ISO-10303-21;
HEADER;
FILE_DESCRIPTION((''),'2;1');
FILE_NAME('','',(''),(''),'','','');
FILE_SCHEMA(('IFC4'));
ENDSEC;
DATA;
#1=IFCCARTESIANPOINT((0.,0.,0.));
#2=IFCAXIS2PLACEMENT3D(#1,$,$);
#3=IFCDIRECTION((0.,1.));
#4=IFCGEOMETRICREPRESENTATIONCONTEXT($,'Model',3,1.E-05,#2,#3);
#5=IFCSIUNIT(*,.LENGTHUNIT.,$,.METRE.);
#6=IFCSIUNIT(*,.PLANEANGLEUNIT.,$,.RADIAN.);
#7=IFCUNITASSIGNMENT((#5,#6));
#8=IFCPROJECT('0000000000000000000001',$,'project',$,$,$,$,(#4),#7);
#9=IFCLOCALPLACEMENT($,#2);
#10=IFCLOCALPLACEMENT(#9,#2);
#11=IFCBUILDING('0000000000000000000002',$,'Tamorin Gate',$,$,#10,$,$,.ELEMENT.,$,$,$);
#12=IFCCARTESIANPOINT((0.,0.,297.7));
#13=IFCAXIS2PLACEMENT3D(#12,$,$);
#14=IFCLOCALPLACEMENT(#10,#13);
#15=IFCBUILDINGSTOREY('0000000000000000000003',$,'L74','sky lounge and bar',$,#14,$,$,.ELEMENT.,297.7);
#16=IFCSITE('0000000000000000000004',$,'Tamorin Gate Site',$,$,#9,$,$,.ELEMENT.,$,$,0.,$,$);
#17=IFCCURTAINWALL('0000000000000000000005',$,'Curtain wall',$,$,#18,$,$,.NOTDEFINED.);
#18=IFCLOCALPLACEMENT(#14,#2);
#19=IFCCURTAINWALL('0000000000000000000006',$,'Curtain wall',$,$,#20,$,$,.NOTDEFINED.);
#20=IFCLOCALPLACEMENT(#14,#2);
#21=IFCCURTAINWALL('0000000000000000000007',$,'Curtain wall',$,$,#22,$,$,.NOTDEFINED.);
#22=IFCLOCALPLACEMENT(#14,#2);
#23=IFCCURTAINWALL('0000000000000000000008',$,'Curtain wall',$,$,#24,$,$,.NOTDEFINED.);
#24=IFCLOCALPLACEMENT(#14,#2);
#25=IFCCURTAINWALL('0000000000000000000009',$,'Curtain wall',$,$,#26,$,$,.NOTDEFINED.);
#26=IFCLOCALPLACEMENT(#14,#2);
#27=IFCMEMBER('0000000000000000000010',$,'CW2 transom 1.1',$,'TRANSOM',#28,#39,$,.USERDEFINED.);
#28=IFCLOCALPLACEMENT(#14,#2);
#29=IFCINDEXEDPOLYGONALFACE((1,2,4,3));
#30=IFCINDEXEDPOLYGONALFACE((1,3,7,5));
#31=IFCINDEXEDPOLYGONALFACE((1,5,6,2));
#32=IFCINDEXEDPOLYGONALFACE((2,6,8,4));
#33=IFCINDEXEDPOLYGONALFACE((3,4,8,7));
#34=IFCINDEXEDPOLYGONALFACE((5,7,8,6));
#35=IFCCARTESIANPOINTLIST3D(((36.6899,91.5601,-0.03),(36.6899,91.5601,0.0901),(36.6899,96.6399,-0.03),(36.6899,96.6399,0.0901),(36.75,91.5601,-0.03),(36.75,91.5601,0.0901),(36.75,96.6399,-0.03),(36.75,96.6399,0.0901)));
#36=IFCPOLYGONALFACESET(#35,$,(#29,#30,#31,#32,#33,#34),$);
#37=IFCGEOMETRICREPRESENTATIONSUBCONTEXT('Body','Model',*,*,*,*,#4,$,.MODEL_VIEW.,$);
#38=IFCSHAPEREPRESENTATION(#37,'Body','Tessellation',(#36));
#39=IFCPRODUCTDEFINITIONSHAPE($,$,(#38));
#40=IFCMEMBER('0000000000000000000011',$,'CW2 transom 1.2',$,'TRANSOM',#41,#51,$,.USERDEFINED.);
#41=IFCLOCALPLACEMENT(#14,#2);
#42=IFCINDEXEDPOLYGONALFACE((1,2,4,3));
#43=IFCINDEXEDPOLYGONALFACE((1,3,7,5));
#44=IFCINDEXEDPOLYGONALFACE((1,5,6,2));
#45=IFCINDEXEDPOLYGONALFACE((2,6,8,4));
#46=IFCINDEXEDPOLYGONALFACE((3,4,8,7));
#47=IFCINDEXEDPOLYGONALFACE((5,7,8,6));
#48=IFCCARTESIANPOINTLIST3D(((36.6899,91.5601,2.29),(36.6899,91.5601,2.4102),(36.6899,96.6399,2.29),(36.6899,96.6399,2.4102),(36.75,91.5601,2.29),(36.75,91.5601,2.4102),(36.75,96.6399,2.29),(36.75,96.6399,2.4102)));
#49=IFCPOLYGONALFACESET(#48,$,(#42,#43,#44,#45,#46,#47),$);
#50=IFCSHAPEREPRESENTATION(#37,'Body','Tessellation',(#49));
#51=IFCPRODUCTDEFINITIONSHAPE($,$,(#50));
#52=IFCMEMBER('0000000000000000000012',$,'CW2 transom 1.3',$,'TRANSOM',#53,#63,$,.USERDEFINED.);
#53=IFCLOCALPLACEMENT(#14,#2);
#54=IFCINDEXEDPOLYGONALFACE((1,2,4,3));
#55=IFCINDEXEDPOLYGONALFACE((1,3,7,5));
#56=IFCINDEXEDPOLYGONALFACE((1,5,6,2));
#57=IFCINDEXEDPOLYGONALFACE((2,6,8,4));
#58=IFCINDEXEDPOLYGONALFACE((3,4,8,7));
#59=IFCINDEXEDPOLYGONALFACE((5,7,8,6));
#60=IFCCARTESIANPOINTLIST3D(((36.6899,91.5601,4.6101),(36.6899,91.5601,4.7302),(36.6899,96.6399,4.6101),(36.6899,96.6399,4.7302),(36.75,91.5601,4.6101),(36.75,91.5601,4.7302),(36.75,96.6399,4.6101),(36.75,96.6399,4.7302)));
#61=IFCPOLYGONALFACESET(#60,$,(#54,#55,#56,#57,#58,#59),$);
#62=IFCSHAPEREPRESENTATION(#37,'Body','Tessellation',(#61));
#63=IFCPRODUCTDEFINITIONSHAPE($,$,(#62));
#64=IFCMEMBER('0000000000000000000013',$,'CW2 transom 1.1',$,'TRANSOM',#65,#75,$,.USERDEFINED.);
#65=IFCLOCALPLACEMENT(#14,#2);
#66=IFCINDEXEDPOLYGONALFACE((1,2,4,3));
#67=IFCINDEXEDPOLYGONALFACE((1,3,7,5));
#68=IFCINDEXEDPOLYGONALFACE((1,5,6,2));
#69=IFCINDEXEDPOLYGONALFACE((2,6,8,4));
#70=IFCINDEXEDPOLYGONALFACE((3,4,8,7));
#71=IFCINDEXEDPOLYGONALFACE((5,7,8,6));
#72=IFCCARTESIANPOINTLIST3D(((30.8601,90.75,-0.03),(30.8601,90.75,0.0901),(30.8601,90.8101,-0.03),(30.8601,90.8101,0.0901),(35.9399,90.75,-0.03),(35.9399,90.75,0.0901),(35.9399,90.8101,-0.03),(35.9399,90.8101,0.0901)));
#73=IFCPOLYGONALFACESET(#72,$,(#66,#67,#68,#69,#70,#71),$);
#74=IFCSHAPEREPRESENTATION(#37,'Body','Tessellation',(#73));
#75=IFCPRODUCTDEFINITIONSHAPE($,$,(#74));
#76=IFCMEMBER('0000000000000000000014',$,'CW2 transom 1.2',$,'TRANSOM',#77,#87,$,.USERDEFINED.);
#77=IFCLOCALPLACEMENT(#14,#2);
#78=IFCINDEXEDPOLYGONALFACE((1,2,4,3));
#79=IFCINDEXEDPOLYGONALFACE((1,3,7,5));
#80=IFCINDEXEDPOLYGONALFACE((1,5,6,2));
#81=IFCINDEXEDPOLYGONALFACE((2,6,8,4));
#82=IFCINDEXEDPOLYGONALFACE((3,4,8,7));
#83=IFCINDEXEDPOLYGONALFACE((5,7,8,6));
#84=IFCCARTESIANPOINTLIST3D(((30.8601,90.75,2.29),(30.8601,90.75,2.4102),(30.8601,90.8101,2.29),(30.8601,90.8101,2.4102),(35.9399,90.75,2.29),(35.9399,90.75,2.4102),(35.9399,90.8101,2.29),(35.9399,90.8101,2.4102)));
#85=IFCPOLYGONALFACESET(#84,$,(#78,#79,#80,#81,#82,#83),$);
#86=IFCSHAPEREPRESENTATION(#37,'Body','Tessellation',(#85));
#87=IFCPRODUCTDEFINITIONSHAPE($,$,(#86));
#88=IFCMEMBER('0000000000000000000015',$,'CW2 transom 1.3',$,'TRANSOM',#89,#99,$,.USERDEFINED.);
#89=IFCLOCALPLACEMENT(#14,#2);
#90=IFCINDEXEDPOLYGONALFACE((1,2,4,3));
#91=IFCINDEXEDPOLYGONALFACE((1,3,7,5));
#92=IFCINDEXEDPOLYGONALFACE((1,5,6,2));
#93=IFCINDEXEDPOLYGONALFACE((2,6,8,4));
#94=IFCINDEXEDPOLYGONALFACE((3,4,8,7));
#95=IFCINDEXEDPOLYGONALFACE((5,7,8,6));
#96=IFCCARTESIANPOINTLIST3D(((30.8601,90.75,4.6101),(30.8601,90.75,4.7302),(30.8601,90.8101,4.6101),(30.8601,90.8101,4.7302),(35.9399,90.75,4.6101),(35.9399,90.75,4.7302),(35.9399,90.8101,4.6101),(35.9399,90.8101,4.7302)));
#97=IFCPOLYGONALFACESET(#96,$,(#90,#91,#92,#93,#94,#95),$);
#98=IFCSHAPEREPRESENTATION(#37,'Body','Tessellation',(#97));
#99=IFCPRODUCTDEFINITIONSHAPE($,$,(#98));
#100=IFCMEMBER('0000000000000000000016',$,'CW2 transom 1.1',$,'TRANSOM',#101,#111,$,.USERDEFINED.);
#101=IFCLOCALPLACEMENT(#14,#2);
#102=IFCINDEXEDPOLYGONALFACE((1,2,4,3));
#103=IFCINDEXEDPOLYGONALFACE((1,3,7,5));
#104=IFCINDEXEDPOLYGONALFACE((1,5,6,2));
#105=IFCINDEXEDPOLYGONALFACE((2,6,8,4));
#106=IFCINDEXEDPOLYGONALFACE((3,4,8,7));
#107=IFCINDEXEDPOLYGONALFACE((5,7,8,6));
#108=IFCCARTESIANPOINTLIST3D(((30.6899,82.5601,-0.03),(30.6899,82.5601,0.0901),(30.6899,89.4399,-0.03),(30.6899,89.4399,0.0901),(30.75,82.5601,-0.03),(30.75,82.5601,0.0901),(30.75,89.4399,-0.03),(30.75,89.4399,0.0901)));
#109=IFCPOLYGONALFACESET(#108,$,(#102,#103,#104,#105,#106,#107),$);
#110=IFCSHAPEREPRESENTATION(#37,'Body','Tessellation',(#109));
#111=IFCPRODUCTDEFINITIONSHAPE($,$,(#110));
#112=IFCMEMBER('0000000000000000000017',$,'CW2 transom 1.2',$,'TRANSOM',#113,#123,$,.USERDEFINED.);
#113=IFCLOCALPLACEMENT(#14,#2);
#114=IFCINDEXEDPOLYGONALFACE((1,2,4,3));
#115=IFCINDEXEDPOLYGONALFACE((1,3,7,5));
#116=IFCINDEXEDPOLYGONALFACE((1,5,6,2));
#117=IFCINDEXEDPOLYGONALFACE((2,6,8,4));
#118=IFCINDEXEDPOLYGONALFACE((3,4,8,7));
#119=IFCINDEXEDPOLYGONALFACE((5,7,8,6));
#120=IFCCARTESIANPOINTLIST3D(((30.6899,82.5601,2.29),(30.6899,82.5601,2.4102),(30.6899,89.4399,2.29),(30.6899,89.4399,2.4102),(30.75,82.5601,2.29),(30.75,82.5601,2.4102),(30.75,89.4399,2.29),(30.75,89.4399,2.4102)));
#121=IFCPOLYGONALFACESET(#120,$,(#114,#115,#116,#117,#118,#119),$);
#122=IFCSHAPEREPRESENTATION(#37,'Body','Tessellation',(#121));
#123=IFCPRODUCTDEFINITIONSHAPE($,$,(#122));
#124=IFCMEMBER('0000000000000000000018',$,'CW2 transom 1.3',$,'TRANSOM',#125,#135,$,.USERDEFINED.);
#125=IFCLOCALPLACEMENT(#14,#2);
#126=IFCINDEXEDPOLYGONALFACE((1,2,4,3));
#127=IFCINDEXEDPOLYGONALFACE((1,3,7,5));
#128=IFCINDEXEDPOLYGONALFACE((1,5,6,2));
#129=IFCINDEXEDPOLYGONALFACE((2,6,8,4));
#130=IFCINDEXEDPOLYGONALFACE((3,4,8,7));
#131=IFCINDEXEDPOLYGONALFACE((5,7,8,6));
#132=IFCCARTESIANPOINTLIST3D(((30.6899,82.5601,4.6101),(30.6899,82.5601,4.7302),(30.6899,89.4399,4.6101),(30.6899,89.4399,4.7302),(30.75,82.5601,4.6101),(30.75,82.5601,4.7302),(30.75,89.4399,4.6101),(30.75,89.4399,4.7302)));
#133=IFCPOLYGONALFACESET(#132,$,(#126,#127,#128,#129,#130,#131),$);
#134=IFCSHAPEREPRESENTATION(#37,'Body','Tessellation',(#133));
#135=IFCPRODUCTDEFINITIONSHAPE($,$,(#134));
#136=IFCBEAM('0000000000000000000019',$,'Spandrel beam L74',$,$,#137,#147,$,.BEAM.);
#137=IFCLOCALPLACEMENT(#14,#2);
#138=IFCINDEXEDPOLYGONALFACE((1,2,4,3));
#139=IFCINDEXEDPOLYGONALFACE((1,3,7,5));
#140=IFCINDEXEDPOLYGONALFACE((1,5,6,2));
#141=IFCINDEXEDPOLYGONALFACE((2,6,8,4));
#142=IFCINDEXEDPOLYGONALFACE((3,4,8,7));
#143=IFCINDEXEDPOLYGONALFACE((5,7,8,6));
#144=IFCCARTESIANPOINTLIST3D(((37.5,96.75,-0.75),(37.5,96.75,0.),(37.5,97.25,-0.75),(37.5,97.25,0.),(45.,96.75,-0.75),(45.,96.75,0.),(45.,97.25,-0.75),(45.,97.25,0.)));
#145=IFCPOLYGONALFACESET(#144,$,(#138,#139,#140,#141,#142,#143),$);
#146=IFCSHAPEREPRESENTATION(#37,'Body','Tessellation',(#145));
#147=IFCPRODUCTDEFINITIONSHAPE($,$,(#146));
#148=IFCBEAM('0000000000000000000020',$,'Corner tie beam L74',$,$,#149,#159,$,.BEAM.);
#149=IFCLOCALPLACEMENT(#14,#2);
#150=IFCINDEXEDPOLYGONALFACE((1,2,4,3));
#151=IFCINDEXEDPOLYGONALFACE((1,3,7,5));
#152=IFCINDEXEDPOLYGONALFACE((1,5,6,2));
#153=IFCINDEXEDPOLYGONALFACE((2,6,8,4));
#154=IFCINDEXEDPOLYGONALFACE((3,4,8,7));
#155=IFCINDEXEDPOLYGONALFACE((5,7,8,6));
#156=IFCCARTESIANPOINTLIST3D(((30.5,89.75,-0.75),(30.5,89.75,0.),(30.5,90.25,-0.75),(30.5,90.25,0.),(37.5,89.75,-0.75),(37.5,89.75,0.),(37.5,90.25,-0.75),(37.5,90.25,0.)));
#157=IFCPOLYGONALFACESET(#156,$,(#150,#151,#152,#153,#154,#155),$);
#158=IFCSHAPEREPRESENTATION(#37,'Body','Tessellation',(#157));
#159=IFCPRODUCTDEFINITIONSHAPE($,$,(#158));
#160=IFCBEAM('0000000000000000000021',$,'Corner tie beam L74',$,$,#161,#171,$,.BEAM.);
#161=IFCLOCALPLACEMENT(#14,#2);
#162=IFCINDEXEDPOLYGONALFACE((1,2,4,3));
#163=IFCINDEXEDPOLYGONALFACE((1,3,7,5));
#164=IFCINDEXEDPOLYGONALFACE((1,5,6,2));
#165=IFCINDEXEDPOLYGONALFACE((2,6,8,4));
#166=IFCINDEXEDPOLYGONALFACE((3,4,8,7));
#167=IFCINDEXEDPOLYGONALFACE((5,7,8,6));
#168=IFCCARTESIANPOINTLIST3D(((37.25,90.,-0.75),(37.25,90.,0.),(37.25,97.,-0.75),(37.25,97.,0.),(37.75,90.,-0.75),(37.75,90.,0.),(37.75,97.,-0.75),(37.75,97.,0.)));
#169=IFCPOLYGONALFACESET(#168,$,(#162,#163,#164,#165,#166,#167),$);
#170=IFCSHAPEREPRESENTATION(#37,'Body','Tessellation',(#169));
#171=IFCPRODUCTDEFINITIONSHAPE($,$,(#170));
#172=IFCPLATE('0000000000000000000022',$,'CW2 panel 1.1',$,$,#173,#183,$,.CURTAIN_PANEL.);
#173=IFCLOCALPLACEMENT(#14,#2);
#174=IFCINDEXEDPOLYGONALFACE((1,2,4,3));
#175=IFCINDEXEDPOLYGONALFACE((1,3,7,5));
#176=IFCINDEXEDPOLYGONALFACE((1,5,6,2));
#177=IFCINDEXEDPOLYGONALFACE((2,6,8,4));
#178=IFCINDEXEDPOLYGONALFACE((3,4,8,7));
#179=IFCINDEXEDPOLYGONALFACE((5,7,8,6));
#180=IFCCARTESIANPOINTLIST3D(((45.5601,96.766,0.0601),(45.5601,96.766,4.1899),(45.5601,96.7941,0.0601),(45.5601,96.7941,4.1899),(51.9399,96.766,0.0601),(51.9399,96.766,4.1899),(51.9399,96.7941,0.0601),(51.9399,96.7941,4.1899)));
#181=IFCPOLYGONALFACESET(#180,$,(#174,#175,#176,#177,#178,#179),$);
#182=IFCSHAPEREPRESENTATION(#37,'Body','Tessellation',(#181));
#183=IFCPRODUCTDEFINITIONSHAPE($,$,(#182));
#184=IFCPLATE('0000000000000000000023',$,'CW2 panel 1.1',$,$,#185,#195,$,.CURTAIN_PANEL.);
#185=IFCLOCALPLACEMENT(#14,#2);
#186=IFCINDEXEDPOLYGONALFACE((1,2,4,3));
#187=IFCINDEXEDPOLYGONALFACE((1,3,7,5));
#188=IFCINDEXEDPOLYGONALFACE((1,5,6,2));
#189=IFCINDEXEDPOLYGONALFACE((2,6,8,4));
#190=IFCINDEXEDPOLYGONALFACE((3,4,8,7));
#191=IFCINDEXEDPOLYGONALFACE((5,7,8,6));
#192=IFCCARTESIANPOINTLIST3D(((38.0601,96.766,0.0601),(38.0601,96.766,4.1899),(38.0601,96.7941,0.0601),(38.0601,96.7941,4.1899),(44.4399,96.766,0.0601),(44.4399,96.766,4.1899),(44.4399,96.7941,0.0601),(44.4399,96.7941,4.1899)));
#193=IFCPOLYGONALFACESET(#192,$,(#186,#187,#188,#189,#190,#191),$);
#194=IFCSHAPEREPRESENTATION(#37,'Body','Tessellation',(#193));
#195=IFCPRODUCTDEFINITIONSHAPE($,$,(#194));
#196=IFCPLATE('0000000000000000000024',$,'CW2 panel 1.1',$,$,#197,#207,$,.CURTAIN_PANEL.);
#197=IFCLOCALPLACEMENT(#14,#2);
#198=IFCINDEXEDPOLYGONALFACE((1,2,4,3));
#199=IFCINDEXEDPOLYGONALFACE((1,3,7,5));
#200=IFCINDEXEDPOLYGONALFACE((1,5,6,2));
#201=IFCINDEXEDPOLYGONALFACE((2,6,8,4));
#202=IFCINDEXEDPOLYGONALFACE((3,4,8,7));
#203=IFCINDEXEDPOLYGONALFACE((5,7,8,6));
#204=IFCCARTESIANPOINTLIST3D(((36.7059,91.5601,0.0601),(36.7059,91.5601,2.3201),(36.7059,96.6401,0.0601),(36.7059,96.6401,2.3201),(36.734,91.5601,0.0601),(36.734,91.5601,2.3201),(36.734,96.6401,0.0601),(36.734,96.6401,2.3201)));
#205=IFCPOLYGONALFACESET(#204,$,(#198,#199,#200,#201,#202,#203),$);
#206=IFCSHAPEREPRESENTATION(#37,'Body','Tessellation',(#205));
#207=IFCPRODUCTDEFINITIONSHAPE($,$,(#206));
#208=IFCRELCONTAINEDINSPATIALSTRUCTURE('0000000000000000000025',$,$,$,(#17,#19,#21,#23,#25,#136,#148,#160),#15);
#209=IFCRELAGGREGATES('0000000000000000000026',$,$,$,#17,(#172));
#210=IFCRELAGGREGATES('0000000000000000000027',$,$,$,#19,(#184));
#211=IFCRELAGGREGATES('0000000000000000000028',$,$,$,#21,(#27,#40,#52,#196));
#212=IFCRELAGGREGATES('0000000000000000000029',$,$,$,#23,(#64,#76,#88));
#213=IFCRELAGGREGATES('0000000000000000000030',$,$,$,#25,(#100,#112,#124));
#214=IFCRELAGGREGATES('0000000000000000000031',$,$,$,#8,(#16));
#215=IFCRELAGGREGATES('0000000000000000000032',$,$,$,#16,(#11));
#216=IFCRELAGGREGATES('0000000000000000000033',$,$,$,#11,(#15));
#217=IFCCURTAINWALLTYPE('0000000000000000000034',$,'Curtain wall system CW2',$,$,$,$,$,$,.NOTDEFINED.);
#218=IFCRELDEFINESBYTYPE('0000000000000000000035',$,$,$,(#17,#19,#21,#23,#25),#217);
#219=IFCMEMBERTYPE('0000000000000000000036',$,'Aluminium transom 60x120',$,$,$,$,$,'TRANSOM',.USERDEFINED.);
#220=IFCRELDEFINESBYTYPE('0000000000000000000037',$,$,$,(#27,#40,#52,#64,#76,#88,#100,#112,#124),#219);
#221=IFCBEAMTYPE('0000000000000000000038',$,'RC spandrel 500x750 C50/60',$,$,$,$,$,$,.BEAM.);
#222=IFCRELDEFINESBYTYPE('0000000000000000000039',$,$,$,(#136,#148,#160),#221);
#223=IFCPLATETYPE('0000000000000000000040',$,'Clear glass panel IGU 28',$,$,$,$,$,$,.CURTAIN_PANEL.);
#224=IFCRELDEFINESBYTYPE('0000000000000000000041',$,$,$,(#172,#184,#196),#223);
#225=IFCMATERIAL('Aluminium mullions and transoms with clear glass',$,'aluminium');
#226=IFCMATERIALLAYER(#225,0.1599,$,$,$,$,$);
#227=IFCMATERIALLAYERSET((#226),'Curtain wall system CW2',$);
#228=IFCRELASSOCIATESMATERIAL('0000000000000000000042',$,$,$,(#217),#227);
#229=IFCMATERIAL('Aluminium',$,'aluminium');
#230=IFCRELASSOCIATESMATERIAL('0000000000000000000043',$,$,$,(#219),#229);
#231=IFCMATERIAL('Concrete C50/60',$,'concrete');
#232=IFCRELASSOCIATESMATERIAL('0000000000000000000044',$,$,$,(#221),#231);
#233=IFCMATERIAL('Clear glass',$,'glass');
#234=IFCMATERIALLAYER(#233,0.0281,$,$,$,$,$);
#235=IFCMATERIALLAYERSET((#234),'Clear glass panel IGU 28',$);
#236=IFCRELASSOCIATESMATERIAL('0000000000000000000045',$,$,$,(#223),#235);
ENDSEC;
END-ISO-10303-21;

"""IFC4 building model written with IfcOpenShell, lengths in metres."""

from ifc_helpers import new_model, si_unit, direction, frame, origin, origin_2d, place, context, subcontext, project, spatial, rectangle, extrude, material, layer, layer_set, material_profile, profile_set, type_object, element, aggregate, save


model = new_model("IFC4")

# Units and contexts
model_context = context("Model", 3, precision=1e-05, world=origin(), true_north=direction((0.0, 1.0)))
body_context = subcontext(model_context, "Body", "Model", "MODEL_VIEW")
ifc_project = project(units=[si_unit("LENGTHUNIT", "METRE"), si_unit("PLANEANGLEUNIT", "RADIAN")], contexts=[model_context])

# Site, building, storey
site_placement = place(None, origin())
site = spatial("IfcSite", under=ifc_project, at=site_placement, Name="Tamorin Gate Site", CompositionType="ELEMENT", RefElevation=0.0)
building_placement = place(site_placement, origin())
building = spatial("IfcBuilding", under=site, at=building_placement, Name="Tamorin Gate", CompositionType="ELEMENT")
storey_placement = place(building_placement, frame((0.0, 0.0, 297.7)))
storey = spatial("IfcBuildingStorey", under=building, at=storey_placement, Name="L74", Description="sky lounge and bar", CompositionType="ELEMENT", Elevation=297.7)

# Shared definitions
ifc_material_1 = material(Name="Concrete C50/60", Category="concrete")

# Curtain wall
ifc_material_2 = material(Name="Aluminium mullions and transoms with clear glass", Category="aluminium")
ifc_layer_1 = layer(ifc_material_2, 0.1599)
ifc_layer_set_1 = layer_set([ifc_layer_1], Name="Curtain wall system CW2")
curtain_wall_type = type_object("IfcCurtainWallType", Name="Curtain wall system CW2", PredefinedType="NOTDEFINED", material=ifc_layer_set_1)
curtain_wall_1_placement = place(storey_placement, origin())
curtain_wall_1 = element("IfcCurtainWall", 1, at=curtain_wall_1_placement, inside=storey, type_object=curtain_wall_type, Name="Curtain wall", PredefinedType="NOTDEFINED")
ifc_material_3 = material(Name="Aluminium", Category="aluminium")

# Curtain walls
curtain_wall_2_placement = place(storey_placement, origin())
curtain_wall_2 = element("IfcCurtainWall", 2, at=curtain_wall_2_placement, inside=storey, type_object=curtain_wall_type, Name="Curtain wall", PredefinedType="NOTDEFINED")
curtain_wall_3_placement = place(storey_placement, origin())
curtain_wall_3 = element("IfcCurtainWall", 3, at=curtain_wall_3_placement, inside=storey, type_object=curtain_wall_type, Name="Curtain wall", PredefinedType="NOTDEFINED")
curtain_wall_4_placement = place(storey_placement, origin())
curtain_wall_4 = element("IfcCurtainWall", 4, at=curtain_wall_4_placement, inside=storey, type_object=curtain_wall_type, Name="Curtain wall", PredefinedType="NOTDEFINED")

# Curtain wall
curtain_wall_5_placement = place(storey_placement, origin())
curtain_wall_5 = element("IfcCurtainWall", 5, at=curtain_wall_5_placement, inside=storey, type_object=curtain_wall_type, Name="Curtain wall", PredefinedType="NOTDEFINED")

# Members
ifc_material_profile_1 = material_profile(ifc_material_3, rectangle(XDim=0.0601, YDim=0.1201, at=origin_2d()), Name="RECT 60x120")
ifc_profile_set_1 = profile_set([ifc_material_profile_1], Name="Aluminium")
member_type_1 = type_object("IfcMemberType", Name="Aluminium transom 60x120", ElementType="TRANSOM", PredefinedType="USERDEFINED", material=ifc_profile_set_1)
member_1_placement = place(storey_placement, frame((36.72, 96.6399, 0.03), z_axis=(0.0, -1.0, 0.0), x_axis=(1.0, 0.0, 0.0)))
member_1 = element("IfcMember", 6, at=member_1_placement, type_object=member_type_1, Name="CW2 transom 1.1", ObjectType="TRANSOM", PredefinedType="USERDEFINED", context=body_context, shape_type="SweptSolid", body=[
    extrude(rectangle(XDim=0.0601, YDim=0.1201, at=origin_2d()), origin(), (0.0, 0.0, 1.0), 5.0798),
])
member_2_placement = place(storey_placement, frame((36.72, 96.6399, 2.3501), z_axis=(0.0, -1.0, 0.0), x_axis=(1.0, 0.0, 0.0)))
member_2 = element("IfcMember", 7, at=member_2_placement, type_object=member_type_1, Name="CW2 transom 1.2", ObjectType="TRANSOM", PredefinedType="USERDEFINED", context=body_context, shape_type="SweptSolid", body=[
    extrude(rectangle(XDim=0.0601, YDim=0.1201, at=origin_2d()), origin(), (0.0, 0.0, 1.0), 5.0798),
])
member_3_placement = place(storey_placement, frame((36.72, 96.6399, 4.6702), z_axis=(0.0, -1.0, 0.0), x_axis=(1.0, 0.0, 0.0)))
member_3 = element("IfcMember", 8, at=member_3_placement, type_object=member_type_1, Name="CW2 transom 1.3", ObjectType="TRANSOM", PredefinedType="USERDEFINED", context=body_context, shape_type="SweptSolid", body=[
    extrude(rectangle(XDim=0.0601, YDim=0.1201, at=origin_2d()), origin(), (0.0, 0.0, 1.0), 5.0798),
])
member_4_placement = place(storey_placement, frame((35.9399, 90.78, 0.03), z_axis=(-1.0, 0.0, 0.0), x_axis=(0.0, -1.0, 0.0)))
member_4 = element("IfcMember", 9, at=member_4_placement, type_object=member_type_1, Name="CW2 transom 1.1", ObjectType="TRANSOM", PredefinedType="USERDEFINED", context=body_context, shape_type="SweptSolid", body=[
    extrude(rectangle(XDim=0.0601, YDim=0.1201, at=origin_2d()), origin(), (0.0, 0.0, 1.0), 5.0798),
])
member_5_placement = place(storey_placement, frame((35.9399, 90.78, 2.3501), z_axis=(-1.0, 0.0, 0.0), x_axis=(0.0, -1.0, 0.0)))
member_5 = element("IfcMember", 10, at=member_5_placement, type_object=member_type_1, Name="CW2 transom 1.2", ObjectType="TRANSOM", PredefinedType="USERDEFINED", context=body_context, shape_type="SweptSolid", body=[
    extrude(rectangle(XDim=0.0601, YDim=0.1201, at=origin_2d()), origin(), (0.0, 0.0, 1.0), 5.0798),
])
member_6_placement = place(storey_placement, frame((35.9399, 90.78, 4.6702), z_axis=(-1.0, 0.0, 0.0), x_axis=(0.0, -1.0, 0.0)))
member_6 = element("IfcMember", 11, at=member_6_placement, type_object=member_type_1, Name="CW2 transom 1.3", ObjectType="TRANSOM", PredefinedType="USERDEFINED", context=body_context, shape_type="SweptSolid", body=[
    extrude(rectangle(XDim=0.0601, YDim=0.1201, at=origin_2d()), origin(), (0.0, 0.0, 1.0), 5.0798),
])
member_7_placement = place(storey_placement, frame((30.72, 89.4399, 0.03), z_axis=(0.0, -1.0, 0.0), x_axis=(1.0, 0.0, 0.0)))
member_7 = element("IfcMember", 12, at=member_7_placement, type_object=member_type_1, Name="CW2 transom 1.1", ObjectType="TRANSOM", PredefinedType="USERDEFINED", context=body_context, shape_type="SweptSolid", body=[
    extrude(rectangle(XDim=0.0601, YDim=0.1201, at=origin_2d()), origin(), (0.0, 0.0, 1.0), 6.8799),
])
member_8_placement = place(storey_placement, frame((30.72, 89.4399, 2.3501), z_axis=(0.0, -1.0, 0.0), x_axis=(1.0, 0.0, 0.0)))
member_8 = element("IfcMember", 13, at=member_8_placement, type_object=member_type_1, Name="CW2 transom 1.2", ObjectType="TRANSOM", PredefinedType="USERDEFINED", context=body_context, shape_type="SweptSolid", body=[
    extrude(rectangle(XDim=0.0601, YDim=0.1201, at=origin_2d()), origin(), (0.0, 0.0, 1.0), 6.8799),
])
member_9_placement = place(storey_placement, frame((30.72, 89.4399, 4.6702), z_axis=(0.0, -1.0, 0.0), x_axis=(1.0, 0.0, 0.0)))
member_9 = element("IfcMember", 14, at=member_9_placement, type_object=member_type_1, Name="CW2 transom 1.3", ObjectType="TRANSOM", PredefinedType="USERDEFINED", context=body_context, shape_type="SweptSolid", body=[
    extrude(rectangle(XDim=0.0601, YDim=0.1201, at=origin_2d()), origin(), (0.0, 0.0, 1.0), 6.8799),
])

# Beams
ifc_material_profile_2 = material_profile(ifc_material_1, rectangle(XDim=0.5, YDim=0.75, at=origin_2d()), Name="RC 500x750")
ifc_profile_set_2 = profile_set([ifc_material_profile_2], Name="Concrete C50/60")
beam_type = type_object("IfcBeamType", Name="RC spandrel 500x750 C50/60", PredefinedType="BEAM", material=ifc_profile_set_2)
beam_placement = place(storey_placement, frame((45.0, 97.0, -0.375), z_axis=(-1.0, 0.0, 0.0), x_axis=(0.0, -1.0, 0.0)))
element("IfcBeam", 15, at=beam_placement, inside=storey, type_object=beam_type, Name="Spandrel beam L74", PredefinedType="BEAM", context=body_context, shape_type="SweptSolid", body=[
    extrude(rectangle(XDim=0.5, YDim=0.75, at=origin_2d()), origin(), (0.0, 0.0, 1.0), 7.5),
])
for number, where, z_axis, x_axis, name in (
    (16, (37.5, 90.0, -0.375), (-1.0, 0.0, 0.0), (0.0, -1.0, 0.0), "Corner tie beam L74"),
    (17, (37.5, 90.0, -0.375), (0.0, 1.0, 0.0), (-1.0, 0.0, 0.0), "Corner tie beam L74"),
):
    element("IfcBeam", number, at=place(storey_placement, frame(where, z_axis=z_axis, x_axis=x_axis)), inside=storey, type_object=beam_type, Name=name, PredefinedType="BEAM", context=body_context, shape_type="SweptSolid", body=[
        extrude(rectangle(XDim=0.5, YDim=0.75, at=origin_2d()), origin(), (0.0, 0.0, 1.0), 7.0),
    ])

# Plates
ifc_material_4 = material(Name="Clear glass", Category="glass")
ifc_layer_2 = layer(ifc_material_4, 0.0281)
ifc_layer_set_2 = layer_set([ifc_layer_2], Name="Clear glass panel IGU 28")
plate_type = type_object("IfcPlateType", Name="Clear glass panel IGU 28", PredefinedType="CURTAIN_PANEL", material=ifc_layer_set_2)
plate_1_placement = place(storey_placement, frame((48.75, 96.78, 0.0601), z_axis=(0.0, 0.0, 1.0), x_axis=(-1.0, 0.0, 0.0)))
plate_1 = element("IfcPlate", 18, at=plate_1_placement, type_object=plate_type, Name="CW2 panel 1.1", PredefinedType="CURTAIN_PANEL", context=body_context, shape_type="SweptSolid", body=[
    extrude(rectangle(XDim=6.3799, YDim=0.0281, at=origin_2d()), origin(), (0.0, 0.0, 1.0), 4.1299),
])
aggregate(curtain_wall_1, [plate_1])
plate_2_placement = place(storey_placement, frame((41.25, 96.78, 0.0601), z_axis=(0.0, 0.0, 1.0), x_axis=(-1.0, 0.0, 0.0)))
plate_2 = element("IfcPlate", 19, at=plate_2_placement, type_object=plate_type, Name="CW2 panel 1.1", PredefinedType="CURTAIN_PANEL", context=body_context, shape_type="SweptSolid", body=[
    extrude(rectangle(XDim=6.3799, YDim=0.0281, at=origin_2d()), origin(), (0.0, 0.0, 1.0), 4.1299),
])
aggregate(curtain_wall_2, [plate_2])
plate_3_placement = place(storey_placement, frame((36.72, 94.1001, 0.0601), z_axis=(0.0, 0.0, 1.0), x_axis=(0.0, -1.0, 0.0)))
plate_3 = element("IfcPlate", 20, at=plate_3_placement, type_object=plate_type, Name="CW2 panel 1.1", PredefinedType="CURTAIN_PANEL", context=body_context, shape_type="SweptSolid", body=[
    extrude(rectangle(XDim=5.0801, YDim=0.0281, at=origin_2d()), origin(), (0.0, 0.0, 1.0), 2.26),
])
aggregate(curtain_wall_3, [member_1, member_2, member_3, plate_3])
aggregate(curtain_wall_4, [member_4, member_5, member_6])
aggregate(curtain_wall_5, [member_7, member_8, member_9])

save(model, "model.ifc")
